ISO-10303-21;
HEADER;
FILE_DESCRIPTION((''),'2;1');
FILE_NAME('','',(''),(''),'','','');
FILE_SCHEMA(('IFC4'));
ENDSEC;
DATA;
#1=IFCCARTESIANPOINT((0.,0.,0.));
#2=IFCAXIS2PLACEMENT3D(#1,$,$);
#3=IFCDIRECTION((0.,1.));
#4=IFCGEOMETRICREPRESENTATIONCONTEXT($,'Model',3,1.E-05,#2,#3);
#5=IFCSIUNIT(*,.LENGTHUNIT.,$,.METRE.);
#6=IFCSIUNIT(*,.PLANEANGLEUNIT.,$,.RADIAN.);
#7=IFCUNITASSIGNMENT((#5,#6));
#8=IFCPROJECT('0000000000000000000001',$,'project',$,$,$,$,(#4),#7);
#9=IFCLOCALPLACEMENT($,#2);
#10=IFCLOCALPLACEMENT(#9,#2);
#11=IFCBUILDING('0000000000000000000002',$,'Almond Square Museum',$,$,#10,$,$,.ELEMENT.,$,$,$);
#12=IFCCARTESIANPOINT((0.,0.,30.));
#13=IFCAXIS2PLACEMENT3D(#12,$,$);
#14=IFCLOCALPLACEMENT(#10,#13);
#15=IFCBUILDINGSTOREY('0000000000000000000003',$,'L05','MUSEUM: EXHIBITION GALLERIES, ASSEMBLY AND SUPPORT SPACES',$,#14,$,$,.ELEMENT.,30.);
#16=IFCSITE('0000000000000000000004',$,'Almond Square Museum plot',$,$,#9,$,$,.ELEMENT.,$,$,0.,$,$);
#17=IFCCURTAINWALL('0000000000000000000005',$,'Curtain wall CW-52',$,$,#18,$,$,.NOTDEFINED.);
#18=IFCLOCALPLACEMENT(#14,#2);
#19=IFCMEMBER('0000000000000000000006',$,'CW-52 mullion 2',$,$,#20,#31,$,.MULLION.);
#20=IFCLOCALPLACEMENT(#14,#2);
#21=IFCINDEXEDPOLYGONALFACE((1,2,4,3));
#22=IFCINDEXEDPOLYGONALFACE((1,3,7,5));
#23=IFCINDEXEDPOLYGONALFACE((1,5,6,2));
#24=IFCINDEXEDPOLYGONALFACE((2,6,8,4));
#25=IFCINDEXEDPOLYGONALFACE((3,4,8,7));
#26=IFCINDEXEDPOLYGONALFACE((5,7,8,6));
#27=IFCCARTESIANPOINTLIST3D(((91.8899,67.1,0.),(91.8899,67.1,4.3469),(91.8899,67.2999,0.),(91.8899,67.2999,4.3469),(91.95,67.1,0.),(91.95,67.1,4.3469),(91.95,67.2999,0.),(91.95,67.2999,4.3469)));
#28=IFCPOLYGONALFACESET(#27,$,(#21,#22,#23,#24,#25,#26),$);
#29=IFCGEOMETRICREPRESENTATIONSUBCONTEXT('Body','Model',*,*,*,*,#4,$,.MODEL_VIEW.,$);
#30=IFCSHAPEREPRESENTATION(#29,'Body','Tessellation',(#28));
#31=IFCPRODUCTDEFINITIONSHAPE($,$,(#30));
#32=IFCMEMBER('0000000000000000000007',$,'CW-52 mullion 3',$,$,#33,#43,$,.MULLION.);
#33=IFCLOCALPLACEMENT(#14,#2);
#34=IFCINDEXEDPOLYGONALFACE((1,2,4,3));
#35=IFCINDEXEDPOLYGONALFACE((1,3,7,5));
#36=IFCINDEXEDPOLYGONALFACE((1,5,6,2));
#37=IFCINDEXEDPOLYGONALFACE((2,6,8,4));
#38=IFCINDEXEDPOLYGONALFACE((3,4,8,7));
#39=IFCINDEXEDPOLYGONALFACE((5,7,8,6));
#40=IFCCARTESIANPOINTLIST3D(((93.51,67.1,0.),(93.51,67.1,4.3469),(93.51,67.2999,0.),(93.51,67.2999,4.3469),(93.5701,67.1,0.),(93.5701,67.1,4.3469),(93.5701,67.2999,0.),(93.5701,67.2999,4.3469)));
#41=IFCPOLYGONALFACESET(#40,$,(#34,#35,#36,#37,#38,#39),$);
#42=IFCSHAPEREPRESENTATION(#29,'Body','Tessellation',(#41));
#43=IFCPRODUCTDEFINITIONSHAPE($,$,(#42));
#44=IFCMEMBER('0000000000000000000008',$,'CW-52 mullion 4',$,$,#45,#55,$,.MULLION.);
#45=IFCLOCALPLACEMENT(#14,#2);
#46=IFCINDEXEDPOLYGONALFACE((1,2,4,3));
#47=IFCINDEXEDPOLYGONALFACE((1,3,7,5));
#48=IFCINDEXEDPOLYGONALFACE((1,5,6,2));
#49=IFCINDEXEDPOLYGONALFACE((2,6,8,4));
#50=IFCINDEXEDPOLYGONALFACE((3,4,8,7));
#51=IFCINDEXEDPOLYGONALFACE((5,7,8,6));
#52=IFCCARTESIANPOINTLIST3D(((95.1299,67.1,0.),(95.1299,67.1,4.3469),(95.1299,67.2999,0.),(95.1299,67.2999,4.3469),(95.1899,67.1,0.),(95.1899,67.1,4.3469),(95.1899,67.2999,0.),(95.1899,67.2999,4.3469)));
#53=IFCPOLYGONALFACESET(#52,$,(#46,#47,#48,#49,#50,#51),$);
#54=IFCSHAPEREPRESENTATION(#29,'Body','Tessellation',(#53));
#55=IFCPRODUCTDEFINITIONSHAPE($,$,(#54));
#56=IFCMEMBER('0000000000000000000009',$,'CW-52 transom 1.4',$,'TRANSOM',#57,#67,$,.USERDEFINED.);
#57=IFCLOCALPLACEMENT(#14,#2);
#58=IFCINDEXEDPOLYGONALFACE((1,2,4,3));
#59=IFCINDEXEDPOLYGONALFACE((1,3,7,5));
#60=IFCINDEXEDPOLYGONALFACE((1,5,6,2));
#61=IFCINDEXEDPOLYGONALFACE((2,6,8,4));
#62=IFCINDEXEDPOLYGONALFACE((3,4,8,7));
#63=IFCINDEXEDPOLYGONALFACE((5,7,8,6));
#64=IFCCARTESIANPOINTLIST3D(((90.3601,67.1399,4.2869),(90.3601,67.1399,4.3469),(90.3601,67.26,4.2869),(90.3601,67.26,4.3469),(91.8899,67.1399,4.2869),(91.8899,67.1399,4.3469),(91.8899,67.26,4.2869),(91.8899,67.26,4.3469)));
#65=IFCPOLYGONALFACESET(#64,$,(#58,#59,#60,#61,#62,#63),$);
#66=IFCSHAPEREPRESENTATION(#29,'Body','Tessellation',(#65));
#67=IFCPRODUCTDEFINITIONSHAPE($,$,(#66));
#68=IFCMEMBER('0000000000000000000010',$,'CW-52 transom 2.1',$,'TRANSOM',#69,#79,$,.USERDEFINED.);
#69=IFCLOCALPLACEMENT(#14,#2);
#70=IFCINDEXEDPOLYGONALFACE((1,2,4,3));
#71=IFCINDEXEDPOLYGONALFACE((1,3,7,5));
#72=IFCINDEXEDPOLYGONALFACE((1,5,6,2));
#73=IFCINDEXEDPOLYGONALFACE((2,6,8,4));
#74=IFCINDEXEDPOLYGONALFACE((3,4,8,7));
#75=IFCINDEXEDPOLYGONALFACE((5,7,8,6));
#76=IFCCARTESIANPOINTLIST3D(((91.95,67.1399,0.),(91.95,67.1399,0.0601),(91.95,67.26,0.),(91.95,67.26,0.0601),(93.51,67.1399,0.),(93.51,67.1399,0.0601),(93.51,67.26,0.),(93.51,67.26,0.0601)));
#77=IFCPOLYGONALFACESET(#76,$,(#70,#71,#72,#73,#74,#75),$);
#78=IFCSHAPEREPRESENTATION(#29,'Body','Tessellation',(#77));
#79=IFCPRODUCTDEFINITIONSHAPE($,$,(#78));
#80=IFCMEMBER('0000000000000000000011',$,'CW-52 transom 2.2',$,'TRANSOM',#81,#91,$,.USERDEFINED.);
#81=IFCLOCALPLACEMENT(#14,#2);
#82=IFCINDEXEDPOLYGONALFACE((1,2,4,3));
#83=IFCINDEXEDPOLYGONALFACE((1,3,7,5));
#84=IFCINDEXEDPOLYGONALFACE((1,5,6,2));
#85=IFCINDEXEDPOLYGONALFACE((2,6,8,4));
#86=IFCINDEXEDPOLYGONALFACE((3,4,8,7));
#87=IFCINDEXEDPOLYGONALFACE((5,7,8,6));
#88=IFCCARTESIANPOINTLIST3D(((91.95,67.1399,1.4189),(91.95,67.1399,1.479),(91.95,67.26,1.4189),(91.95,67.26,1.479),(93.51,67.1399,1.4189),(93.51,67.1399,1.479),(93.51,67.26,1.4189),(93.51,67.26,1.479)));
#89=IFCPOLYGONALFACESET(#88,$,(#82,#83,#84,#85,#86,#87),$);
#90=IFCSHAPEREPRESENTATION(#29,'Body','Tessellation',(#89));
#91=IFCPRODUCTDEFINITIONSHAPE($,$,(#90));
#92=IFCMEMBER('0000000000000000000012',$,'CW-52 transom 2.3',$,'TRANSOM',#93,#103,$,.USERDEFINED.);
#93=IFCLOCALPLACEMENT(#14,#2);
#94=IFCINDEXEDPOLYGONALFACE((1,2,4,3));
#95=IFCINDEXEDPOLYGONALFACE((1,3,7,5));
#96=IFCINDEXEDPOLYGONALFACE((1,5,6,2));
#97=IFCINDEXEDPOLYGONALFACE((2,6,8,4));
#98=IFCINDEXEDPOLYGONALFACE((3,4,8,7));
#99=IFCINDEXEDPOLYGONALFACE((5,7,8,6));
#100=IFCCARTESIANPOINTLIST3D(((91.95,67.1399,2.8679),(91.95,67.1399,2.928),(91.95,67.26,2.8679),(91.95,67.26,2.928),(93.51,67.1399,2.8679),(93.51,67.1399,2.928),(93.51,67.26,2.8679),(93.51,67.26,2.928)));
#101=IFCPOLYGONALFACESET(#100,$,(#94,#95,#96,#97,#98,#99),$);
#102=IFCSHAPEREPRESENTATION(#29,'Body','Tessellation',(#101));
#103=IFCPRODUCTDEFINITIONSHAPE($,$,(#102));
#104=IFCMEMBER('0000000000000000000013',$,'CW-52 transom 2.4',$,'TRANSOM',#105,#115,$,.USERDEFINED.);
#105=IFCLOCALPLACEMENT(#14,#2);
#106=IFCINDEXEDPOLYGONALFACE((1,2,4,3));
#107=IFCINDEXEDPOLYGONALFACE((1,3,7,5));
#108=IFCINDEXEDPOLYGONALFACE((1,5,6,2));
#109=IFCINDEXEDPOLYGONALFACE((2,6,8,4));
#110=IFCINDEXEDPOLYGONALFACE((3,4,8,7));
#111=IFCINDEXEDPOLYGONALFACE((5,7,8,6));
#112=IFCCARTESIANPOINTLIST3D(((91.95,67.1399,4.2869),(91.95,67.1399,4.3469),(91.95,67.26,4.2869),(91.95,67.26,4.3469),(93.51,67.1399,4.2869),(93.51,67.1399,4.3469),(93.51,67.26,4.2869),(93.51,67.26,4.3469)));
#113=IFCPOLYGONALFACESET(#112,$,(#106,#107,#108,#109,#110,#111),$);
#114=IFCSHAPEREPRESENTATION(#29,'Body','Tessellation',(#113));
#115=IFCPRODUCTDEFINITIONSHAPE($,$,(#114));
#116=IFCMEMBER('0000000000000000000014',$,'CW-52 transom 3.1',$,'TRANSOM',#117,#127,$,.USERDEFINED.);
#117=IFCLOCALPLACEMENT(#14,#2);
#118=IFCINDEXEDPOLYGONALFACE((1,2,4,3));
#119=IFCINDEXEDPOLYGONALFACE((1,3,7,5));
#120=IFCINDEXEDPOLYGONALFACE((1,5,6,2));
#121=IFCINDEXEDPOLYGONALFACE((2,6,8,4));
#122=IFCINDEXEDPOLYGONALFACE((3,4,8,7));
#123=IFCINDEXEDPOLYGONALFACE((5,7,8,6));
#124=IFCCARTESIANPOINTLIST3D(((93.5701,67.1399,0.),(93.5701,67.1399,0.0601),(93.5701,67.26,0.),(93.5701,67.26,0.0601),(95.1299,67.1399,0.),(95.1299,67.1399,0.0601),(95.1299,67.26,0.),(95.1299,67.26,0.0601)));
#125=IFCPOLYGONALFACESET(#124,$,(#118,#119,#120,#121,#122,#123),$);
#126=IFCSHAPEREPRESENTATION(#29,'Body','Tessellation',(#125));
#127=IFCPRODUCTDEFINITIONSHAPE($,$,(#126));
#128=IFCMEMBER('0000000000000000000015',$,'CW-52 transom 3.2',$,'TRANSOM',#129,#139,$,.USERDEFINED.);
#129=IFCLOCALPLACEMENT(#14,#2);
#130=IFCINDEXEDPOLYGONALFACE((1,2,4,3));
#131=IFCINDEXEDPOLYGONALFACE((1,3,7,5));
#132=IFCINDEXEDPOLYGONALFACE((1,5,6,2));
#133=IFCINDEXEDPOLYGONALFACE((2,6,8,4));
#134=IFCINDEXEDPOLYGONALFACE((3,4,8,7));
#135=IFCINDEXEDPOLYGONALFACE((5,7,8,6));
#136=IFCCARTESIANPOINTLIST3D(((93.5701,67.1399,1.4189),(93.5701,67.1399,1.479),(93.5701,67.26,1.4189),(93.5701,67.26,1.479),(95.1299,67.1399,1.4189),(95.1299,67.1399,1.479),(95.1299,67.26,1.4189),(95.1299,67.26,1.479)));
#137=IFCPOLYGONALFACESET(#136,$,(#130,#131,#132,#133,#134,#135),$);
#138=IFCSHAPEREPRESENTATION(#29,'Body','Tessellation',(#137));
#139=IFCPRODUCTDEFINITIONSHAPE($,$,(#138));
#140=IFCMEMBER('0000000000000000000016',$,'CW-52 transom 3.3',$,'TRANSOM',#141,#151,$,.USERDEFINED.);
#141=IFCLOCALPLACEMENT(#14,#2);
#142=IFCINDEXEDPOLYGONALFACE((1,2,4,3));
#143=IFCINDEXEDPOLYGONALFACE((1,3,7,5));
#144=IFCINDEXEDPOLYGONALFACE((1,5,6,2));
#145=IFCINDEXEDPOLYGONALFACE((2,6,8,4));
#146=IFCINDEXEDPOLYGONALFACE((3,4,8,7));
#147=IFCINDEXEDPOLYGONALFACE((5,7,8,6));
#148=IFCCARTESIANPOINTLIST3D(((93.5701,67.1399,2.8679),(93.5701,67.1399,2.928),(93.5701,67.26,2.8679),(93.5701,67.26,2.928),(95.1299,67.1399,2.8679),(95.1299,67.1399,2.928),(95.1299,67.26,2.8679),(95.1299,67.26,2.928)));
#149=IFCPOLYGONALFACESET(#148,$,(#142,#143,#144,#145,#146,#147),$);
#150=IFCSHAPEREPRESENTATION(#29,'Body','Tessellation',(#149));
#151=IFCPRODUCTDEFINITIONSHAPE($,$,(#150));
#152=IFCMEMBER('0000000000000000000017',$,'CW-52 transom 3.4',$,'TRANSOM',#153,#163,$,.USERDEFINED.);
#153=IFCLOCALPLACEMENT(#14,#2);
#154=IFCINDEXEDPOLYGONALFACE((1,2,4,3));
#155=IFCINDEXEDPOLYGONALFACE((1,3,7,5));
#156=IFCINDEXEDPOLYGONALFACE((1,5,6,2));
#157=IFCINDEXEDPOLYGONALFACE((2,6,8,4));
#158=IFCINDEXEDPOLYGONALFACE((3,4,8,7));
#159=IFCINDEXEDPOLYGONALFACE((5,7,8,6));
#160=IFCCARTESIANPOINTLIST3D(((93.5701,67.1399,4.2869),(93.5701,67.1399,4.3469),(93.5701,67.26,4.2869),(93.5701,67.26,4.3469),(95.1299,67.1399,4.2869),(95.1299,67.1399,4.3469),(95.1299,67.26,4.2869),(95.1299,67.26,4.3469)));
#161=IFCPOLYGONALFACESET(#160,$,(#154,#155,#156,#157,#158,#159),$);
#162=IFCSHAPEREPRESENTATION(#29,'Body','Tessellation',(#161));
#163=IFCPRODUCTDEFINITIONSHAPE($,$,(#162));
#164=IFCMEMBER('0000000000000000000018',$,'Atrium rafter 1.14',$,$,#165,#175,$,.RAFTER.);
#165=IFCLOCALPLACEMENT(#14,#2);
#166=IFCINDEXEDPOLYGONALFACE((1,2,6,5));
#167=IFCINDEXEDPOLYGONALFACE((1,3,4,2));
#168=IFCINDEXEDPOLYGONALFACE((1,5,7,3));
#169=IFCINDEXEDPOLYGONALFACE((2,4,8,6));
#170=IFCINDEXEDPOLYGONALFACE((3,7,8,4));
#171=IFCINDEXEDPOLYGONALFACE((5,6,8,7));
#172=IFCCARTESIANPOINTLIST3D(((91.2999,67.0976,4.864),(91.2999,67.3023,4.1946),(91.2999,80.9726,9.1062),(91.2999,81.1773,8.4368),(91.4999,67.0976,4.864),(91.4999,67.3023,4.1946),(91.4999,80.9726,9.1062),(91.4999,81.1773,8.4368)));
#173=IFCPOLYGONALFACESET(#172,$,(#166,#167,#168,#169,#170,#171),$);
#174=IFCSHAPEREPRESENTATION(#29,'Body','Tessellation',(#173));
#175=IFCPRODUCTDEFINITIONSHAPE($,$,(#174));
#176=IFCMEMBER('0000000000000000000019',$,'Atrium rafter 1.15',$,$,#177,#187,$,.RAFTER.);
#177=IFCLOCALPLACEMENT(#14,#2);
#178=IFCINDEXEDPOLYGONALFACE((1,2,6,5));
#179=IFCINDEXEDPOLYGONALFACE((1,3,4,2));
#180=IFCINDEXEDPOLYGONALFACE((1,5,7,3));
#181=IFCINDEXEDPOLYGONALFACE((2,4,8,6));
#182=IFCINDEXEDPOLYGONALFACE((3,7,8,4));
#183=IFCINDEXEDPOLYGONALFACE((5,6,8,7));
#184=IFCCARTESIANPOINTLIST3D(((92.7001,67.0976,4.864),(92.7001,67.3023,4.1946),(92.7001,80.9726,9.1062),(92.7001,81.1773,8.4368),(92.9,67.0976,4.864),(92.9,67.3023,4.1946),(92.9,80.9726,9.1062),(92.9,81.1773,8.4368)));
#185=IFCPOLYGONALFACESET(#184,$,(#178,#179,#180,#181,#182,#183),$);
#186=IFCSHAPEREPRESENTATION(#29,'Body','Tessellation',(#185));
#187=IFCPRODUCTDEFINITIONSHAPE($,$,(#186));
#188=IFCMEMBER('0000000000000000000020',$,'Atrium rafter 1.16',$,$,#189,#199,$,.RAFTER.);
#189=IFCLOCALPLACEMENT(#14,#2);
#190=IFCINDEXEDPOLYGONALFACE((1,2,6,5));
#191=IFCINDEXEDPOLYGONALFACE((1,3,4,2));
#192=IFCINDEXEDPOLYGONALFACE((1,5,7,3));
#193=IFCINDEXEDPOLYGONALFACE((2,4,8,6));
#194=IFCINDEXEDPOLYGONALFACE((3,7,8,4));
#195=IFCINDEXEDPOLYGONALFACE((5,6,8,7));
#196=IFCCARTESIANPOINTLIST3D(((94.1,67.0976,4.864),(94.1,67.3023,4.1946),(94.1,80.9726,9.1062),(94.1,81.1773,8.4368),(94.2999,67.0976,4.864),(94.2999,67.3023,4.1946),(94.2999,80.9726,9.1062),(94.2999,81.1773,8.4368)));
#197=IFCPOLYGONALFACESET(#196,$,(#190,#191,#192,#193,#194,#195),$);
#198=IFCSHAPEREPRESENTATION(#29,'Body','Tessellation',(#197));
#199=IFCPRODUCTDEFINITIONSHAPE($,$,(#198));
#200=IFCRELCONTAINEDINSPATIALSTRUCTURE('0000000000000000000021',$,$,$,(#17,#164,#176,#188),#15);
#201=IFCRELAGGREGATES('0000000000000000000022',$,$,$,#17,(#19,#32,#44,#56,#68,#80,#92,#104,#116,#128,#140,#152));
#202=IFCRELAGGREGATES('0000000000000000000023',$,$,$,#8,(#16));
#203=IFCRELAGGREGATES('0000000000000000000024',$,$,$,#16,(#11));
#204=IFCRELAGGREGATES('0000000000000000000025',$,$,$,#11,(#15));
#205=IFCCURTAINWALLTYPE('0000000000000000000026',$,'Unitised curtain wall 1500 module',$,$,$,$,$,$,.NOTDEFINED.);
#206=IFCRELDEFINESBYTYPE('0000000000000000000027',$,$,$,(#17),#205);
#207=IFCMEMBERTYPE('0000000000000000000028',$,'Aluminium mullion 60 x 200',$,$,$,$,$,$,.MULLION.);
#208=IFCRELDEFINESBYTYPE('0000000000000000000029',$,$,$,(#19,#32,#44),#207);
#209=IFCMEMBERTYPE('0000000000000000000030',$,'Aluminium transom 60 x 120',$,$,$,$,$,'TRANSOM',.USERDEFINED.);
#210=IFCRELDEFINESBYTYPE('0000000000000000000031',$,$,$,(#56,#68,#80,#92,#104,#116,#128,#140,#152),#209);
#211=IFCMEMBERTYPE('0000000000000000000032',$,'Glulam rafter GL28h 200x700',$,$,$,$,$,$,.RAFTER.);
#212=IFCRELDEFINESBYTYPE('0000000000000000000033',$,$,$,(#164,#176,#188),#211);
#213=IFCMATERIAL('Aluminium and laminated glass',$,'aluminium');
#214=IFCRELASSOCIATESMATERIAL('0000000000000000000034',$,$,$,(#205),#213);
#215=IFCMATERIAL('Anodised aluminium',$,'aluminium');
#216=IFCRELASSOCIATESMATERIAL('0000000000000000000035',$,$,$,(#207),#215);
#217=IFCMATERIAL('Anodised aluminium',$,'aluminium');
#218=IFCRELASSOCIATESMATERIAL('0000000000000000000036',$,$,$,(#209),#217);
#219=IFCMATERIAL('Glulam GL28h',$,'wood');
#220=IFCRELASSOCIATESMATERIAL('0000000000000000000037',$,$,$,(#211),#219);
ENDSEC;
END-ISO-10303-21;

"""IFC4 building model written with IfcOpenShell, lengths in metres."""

from ifc_helpers import new_model, si_unit, direction, frame, origin, origin_2d, place, context, subcontext, project, spatial, rectangle, extrude, material, material_profile, profile_set, type_object, element, aggregate, save


model = new_model("IFC4")

# Units and contexts
model_context = context("Model", 3, precision=1e-05, world=origin(), true_north=direction((0.0, 1.0)))
body_context = subcontext(model_context, "Body", "Model", "MODEL_VIEW")
ifc_project = project(units=[si_unit("LENGTHUNIT", "METRE"), si_unit("PLANEANGLEUNIT", "RADIAN")], contexts=[model_context])

# Site, building, storey
site_placement = place(None, origin())
site = spatial("IfcSite", under=ifc_project, at=site_placement, Name="Almond Square Museum plot", CompositionType="ELEMENT", RefElevation=0.0)
building_placement = place(site_placement, origin())
building = spatial("IfcBuilding", under=site, at=building_placement, Name="Almond Square Museum", CompositionType="ELEMENT")
storey_placement = place(building_placement, frame((0.0, 0.0, 30.0)))
storey = spatial("IfcBuildingStorey", under=building, at=storey_placement, Name="L05", Description="MUSEUM: EXHIBITION GALLERIES, ASSEMBLY AND SUPPORT SPACES", CompositionType="ELEMENT", Elevation=30.0)

# Curtain wall, members
ifc_material_1 = material(Name="Aluminium and laminated glass", Category="aluminium")
curtain_wall_type = type_object("IfcCurtainWallType", Name="Unitised curtain wall 1500 module", PredefinedType="NOTDEFINED", material=ifc_material_1)
curtain_wall_placement = place(storey_placement, origin())
curtain_wall = element("IfcCurtainWall", 1, at=curtain_wall_placement, inside=storey, type_object=curtain_wall_type, Name="Curtain wall CW-52", PredefinedType="NOTDEFINED")
ifc_material_2 = material(Name="Anodised aluminium", Category="aluminium")
ifc_material_profile_1 = material_profile(ifc_material_2, rectangle(XDim=0.2, YDim=0.0601, at=origin_2d()))
ifc_profile_set_1 = profile_set([ifc_material_profile_1], Name="Anodised aluminium")
member_type_1 = type_object("IfcMemberType", Name="Aluminium mullion 60 x 200", PredefinedType="MULLION", material=ifc_profile_set_1)
member_1_placement = place(storey_placement, frame((91.9199, 67.2, 0.0), z_axis=(0.0, 0.0, 1.0), x_axis=(0.0, 1.0, 0.0)))
member_1 = element("IfcMember", 2, at=member_1_placement, type_object=member_type_1, Name="CW-52 mullion 2", PredefinedType="MULLION", context=body_context, shape_type="SweptSolid", body=[
    extrude(rectangle(XDim=0.2, YDim=0.0601, at=origin_2d()), origin(), (0.0, 0.0, 1.0), 4.3469),
])
member_2_placement = place(storey_placement, frame((93.54, 67.2, 0.0), z_axis=(0.0, 0.0, 1.0), x_axis=(0.0, 1.0, 0.0)))
member_2 = element("IfcMember", 3, at=member_2_placement, type_object=member_type_1, Name="CW-52 mullion 3", PredefinedType="MULLION", context=body_context, shape_type="SweptSolid", body=[
    extrude(rectangle(XDim=0.2, YDim=0.0601, at=origin_2d()), origin(), (0.0, 0.0, 1.0), 4.3469),
])
member_3_placement = place(storey_placement, frame((95.1599, 67.2, 0.0), z_axis=(0.0, 0.0, 1.0), x_axis=(0.0, 1.0, 0.0)))
member_3 = element("IfcMember", 4, at=member_3_placement, type_object=member_type_1, Name="CW-52 mullion 4", PredefinedType="MULLION", context=body_context, shape_type="SweptSolid", body=[
    extrude(rectangle(XDim=0.2, YDim=0.0601, at=origin_2d()), origin(), (0.0, 0.0, 1.0), 4.3469),
])
ifc_material_3 = material(Name="Anodised aluminium", Category="aluminium")
ifc_material_profile_2 = material_profile(ifc_material_3, rectangle(XDim=0.1201, YDim=0.0601, at=origin_2d()))
ifc_profile_set_2 = profile_set([ifc_material_profile_2], Name="Anodised aluminium")
member_type_2 = type_object("IfcMemberType", Name="Aluminium transom 60 x 120", ElementType="TRANSOM", PredefinedType="USERDEFINED", material=ifc_profile_set_2)
member_4_placement = place(storey_placement, frame((90.3601, 67.2, 4.3169), z_axis=(1.0, 0.0, 0.0), x_axis=(0.0, 1.0, 0.0)))
member_4 = element("IfcMember", 5, at=member_4_placement, type_object=member_type_2, Name="CW-52 transom 1.4", ObjectType="TRANSOM", PredefinedType="USERDEFINED", context=body_context, shape_type="SweptSolid", body=[
    extrude(rectangle(XDim=0.1201, YDim=0.0601, at=origin_2d()), origin(), (0.0, 0.0, 1.0), 1.5298),
])
member_5_placement = place(storey_placement, frame((91.95, 67.2, 0.03), z_axis=(1.0, 0.0, 0.0), x_axis=(0.0, 1.0, 0.0)))
member_5 = element("IfcMember", 6, at=member_5_placement, type_object=member_type_2, Name="CW-52 transom 2.1", ObjectType="TRANSOM", PredefinedType="USERDEFINED", context=body_context, shape_type="SweptSolid", body=[
    extrude(rectangle(XDim=0.1201, YDim=0.0601, at=origin_2d()), origin(), (0.0, 0.0, 1.0), 1.5601),
])
member_6_placement = place(storey_placement, frame((91.95, 67.2, 1.449), z_axis=(1.0, 0.0, 0.0), x_axis=(0.0, 1.0, 0.0)))
member_6 = element("IfcMember", 7, at=member_6_placement, type_object=member_type_2, Name="CW-52 transom 2.2", ObjectType="TRANSOM", PredefinedType="USERDEFINED", context=body_context, shape_type="SweptSolid", body=[
    extrude(rectangle(XDim=0.1201, YDim=0.0601, at=origin_2d()), origin(), (0.0, 0.0, 1.0), 1.5601),
])
member_7_placement = place(storey_placement, frame((91.95, 67.2, 2.8979), z_axis=(1.0, 0.0, 0.0), x_axis=(0.0, 1.0, 0.0)))
member_7 = element("IfcMember", 8, at=member_7_placement, type_object=member_type_2, Name="CW-52 transom 2.3", ObjectType="TRANSOM", PredefinedType="USERDEFINED", context=body_context, shape_type="SweptSolid", body=[
    extrude(rectangle(XDim=0.1201, YDim=0.0601, at=origin_2d()), origin(), (0.0, 0.0, 1.0), 1.5601),
])
member_8_placement = place(storey_placement, frame((91.95, 67.2, 4.3169), z_axis=(1.0, 0.0, 0.0), x_axis=(0.0, 1.0, 0.0)))
member_8 = element("IfcMember", 9, at=member_8_placement, type_object=member_type_2, Name="CW-52 transom 2.4", ObjectType="TRANSOM", PredefinedType="USERDEFINED", context=body_context, shape_type="SweptSolid", body=[
    extrude(rectangle(XDim=0.1201, YDim=0.0601, at=origin_2d()), origin(), (0.0, 0.0, 1.0), 1.5601),
])
member_9_placement = place(storey_placement, frame((93.5701, 67.2, 0.03), z_axis=(1.0, 0.0, 0.0), x_axis=(0.0, 1.0, 0.0)))
member_9 = element("IfcMember", 10, at=member_9_placement, type_object=member_type_2, Name="CW-52 transom 3.1", ObjectType="TRANSOM", PredefinedType="USERDEFINED", context=body_context, shape_type="SweptSolid", body=[
    extrude(rectangle(XDim=0.1201, YDim=0.0601, at=origin_2d()), origin(), (0.0, 0.0, 1.0), 1.5598),
])
member_10_placement = place(storey_placement, frame((93.5701, 67.2, 1.449), z_axis=(1.0, 0.0, 0.0), x_axis=(0.0, 1.0, 0.0)))
member_10 = element("IfcMember", 11, at=member_10_placement, type_object=member_type_2, Name="CW-52 transom 3.2", ObjectType="TRANSOM", PredefinedType="USERDEFINED", context=body_context, shape_type="SweptSolid", body=[
    extrude(rectangle(XDim=0.1201, YDim=0.0601, at=origin_2d()), origin(), (0.0, 0.0, 1.0), 1.5598),
])
member_11_placement = place(storey_placement, frame((93.5701, 67.2, 2.8979), z_axis=(1.0, 0.0, 0.0), x_axis=(0.0, 1.0, 0.0)))
member_11 = element("IfcMember", 12, at=member_11_placement, type_object=member_type_2, Name="CW-52 transom 3.3", ObjectType="TRANSOM", PredefinedType="USERDEFINED", context=body_context, shape_type="SweptSolid", body=[
    extrude(rectangle(XDim=0.1201, YDim=0.0601, at=origin_2d()), origin(), (0.0, 0.0, 1.0), 1.5598),
])
member_12_placement = place(storey_placement, frame((93.5701, 67.2, 4.3169), z_axis=(1.0, 0.0, 0.0), x_axis=(0.0, 1.0, 0.0)))
member_12 = element("IfcMember", 13, at=member_12_placement, type_object=member_type_2, Name="CW-52 transom 3.4", ObjectType="TRANSOM", PredefinedType="USERDEFINED", context=body_context, shape_type="SweptSolid", body=[
    extrude(rectangle(XDim=0.1201, YDim=0.0601, at=origin_2d()), origin(), (0.0, 0.0, 1.0), 1.5598),
])

# Members
ifc_material_4 = material(Name="Glulam GL28h", Category="wood")
ifc_material_profile_3 = material_profile(ifc_material_4, rectangle(XDim=0.2, YDim=0.7, at=origin_2d()))
ifc_profile_set_3 = profile_set([ifc_material_profile_3], Name="Glulam GL28h")
member_type_3 = type_object("IfcMemberType", Name="Glulam rafter GL28h 200x700", PredefinedType="RAFTER", material=ifc_profile_set_3)
for number, where, z_axis, x_axis, name in (
    (14, (91.3999, 67.2, 4.5293), (0.0, 0.956301, 0.292383), (-1.0, 0.0, 0.0), "Atrium rafter 1.14"),
    (15, (92.8, 67.2, 4.5293), (0.0, 0.956301, 0.292383), (-1.0, 0.0, 0.0), "Atrium rafter 1.15"),
    (16, (94.2, 67.2, 4.5293), (0.0, 0.956301, 0.292383), (-1.0, 0.0, 0.0), "Atrium rafter 1.16"),
):
    element("IfcMember", number, at=place(storey_placement, frame(where, z_axis=z_axis, x_axis=x_axis)), inside=storey, type_object=member_type_3, Name=name, PredefinedType="RAFTER", context=body_context, shape_type="SweptSolid", body=[
        extrude(rectangle(XDim=0.2, YDim=0.7, at=origin_2d()), origin(), (0.0, 0.0, 1.0), 14.509),
    ])

aggregate(curtain_wall, [member_1, member_2, member_3, member_4, member_5, member_6, member_7, member_8, member_9, member_10, member_11, member_12])

save(model, "model.ifc")
